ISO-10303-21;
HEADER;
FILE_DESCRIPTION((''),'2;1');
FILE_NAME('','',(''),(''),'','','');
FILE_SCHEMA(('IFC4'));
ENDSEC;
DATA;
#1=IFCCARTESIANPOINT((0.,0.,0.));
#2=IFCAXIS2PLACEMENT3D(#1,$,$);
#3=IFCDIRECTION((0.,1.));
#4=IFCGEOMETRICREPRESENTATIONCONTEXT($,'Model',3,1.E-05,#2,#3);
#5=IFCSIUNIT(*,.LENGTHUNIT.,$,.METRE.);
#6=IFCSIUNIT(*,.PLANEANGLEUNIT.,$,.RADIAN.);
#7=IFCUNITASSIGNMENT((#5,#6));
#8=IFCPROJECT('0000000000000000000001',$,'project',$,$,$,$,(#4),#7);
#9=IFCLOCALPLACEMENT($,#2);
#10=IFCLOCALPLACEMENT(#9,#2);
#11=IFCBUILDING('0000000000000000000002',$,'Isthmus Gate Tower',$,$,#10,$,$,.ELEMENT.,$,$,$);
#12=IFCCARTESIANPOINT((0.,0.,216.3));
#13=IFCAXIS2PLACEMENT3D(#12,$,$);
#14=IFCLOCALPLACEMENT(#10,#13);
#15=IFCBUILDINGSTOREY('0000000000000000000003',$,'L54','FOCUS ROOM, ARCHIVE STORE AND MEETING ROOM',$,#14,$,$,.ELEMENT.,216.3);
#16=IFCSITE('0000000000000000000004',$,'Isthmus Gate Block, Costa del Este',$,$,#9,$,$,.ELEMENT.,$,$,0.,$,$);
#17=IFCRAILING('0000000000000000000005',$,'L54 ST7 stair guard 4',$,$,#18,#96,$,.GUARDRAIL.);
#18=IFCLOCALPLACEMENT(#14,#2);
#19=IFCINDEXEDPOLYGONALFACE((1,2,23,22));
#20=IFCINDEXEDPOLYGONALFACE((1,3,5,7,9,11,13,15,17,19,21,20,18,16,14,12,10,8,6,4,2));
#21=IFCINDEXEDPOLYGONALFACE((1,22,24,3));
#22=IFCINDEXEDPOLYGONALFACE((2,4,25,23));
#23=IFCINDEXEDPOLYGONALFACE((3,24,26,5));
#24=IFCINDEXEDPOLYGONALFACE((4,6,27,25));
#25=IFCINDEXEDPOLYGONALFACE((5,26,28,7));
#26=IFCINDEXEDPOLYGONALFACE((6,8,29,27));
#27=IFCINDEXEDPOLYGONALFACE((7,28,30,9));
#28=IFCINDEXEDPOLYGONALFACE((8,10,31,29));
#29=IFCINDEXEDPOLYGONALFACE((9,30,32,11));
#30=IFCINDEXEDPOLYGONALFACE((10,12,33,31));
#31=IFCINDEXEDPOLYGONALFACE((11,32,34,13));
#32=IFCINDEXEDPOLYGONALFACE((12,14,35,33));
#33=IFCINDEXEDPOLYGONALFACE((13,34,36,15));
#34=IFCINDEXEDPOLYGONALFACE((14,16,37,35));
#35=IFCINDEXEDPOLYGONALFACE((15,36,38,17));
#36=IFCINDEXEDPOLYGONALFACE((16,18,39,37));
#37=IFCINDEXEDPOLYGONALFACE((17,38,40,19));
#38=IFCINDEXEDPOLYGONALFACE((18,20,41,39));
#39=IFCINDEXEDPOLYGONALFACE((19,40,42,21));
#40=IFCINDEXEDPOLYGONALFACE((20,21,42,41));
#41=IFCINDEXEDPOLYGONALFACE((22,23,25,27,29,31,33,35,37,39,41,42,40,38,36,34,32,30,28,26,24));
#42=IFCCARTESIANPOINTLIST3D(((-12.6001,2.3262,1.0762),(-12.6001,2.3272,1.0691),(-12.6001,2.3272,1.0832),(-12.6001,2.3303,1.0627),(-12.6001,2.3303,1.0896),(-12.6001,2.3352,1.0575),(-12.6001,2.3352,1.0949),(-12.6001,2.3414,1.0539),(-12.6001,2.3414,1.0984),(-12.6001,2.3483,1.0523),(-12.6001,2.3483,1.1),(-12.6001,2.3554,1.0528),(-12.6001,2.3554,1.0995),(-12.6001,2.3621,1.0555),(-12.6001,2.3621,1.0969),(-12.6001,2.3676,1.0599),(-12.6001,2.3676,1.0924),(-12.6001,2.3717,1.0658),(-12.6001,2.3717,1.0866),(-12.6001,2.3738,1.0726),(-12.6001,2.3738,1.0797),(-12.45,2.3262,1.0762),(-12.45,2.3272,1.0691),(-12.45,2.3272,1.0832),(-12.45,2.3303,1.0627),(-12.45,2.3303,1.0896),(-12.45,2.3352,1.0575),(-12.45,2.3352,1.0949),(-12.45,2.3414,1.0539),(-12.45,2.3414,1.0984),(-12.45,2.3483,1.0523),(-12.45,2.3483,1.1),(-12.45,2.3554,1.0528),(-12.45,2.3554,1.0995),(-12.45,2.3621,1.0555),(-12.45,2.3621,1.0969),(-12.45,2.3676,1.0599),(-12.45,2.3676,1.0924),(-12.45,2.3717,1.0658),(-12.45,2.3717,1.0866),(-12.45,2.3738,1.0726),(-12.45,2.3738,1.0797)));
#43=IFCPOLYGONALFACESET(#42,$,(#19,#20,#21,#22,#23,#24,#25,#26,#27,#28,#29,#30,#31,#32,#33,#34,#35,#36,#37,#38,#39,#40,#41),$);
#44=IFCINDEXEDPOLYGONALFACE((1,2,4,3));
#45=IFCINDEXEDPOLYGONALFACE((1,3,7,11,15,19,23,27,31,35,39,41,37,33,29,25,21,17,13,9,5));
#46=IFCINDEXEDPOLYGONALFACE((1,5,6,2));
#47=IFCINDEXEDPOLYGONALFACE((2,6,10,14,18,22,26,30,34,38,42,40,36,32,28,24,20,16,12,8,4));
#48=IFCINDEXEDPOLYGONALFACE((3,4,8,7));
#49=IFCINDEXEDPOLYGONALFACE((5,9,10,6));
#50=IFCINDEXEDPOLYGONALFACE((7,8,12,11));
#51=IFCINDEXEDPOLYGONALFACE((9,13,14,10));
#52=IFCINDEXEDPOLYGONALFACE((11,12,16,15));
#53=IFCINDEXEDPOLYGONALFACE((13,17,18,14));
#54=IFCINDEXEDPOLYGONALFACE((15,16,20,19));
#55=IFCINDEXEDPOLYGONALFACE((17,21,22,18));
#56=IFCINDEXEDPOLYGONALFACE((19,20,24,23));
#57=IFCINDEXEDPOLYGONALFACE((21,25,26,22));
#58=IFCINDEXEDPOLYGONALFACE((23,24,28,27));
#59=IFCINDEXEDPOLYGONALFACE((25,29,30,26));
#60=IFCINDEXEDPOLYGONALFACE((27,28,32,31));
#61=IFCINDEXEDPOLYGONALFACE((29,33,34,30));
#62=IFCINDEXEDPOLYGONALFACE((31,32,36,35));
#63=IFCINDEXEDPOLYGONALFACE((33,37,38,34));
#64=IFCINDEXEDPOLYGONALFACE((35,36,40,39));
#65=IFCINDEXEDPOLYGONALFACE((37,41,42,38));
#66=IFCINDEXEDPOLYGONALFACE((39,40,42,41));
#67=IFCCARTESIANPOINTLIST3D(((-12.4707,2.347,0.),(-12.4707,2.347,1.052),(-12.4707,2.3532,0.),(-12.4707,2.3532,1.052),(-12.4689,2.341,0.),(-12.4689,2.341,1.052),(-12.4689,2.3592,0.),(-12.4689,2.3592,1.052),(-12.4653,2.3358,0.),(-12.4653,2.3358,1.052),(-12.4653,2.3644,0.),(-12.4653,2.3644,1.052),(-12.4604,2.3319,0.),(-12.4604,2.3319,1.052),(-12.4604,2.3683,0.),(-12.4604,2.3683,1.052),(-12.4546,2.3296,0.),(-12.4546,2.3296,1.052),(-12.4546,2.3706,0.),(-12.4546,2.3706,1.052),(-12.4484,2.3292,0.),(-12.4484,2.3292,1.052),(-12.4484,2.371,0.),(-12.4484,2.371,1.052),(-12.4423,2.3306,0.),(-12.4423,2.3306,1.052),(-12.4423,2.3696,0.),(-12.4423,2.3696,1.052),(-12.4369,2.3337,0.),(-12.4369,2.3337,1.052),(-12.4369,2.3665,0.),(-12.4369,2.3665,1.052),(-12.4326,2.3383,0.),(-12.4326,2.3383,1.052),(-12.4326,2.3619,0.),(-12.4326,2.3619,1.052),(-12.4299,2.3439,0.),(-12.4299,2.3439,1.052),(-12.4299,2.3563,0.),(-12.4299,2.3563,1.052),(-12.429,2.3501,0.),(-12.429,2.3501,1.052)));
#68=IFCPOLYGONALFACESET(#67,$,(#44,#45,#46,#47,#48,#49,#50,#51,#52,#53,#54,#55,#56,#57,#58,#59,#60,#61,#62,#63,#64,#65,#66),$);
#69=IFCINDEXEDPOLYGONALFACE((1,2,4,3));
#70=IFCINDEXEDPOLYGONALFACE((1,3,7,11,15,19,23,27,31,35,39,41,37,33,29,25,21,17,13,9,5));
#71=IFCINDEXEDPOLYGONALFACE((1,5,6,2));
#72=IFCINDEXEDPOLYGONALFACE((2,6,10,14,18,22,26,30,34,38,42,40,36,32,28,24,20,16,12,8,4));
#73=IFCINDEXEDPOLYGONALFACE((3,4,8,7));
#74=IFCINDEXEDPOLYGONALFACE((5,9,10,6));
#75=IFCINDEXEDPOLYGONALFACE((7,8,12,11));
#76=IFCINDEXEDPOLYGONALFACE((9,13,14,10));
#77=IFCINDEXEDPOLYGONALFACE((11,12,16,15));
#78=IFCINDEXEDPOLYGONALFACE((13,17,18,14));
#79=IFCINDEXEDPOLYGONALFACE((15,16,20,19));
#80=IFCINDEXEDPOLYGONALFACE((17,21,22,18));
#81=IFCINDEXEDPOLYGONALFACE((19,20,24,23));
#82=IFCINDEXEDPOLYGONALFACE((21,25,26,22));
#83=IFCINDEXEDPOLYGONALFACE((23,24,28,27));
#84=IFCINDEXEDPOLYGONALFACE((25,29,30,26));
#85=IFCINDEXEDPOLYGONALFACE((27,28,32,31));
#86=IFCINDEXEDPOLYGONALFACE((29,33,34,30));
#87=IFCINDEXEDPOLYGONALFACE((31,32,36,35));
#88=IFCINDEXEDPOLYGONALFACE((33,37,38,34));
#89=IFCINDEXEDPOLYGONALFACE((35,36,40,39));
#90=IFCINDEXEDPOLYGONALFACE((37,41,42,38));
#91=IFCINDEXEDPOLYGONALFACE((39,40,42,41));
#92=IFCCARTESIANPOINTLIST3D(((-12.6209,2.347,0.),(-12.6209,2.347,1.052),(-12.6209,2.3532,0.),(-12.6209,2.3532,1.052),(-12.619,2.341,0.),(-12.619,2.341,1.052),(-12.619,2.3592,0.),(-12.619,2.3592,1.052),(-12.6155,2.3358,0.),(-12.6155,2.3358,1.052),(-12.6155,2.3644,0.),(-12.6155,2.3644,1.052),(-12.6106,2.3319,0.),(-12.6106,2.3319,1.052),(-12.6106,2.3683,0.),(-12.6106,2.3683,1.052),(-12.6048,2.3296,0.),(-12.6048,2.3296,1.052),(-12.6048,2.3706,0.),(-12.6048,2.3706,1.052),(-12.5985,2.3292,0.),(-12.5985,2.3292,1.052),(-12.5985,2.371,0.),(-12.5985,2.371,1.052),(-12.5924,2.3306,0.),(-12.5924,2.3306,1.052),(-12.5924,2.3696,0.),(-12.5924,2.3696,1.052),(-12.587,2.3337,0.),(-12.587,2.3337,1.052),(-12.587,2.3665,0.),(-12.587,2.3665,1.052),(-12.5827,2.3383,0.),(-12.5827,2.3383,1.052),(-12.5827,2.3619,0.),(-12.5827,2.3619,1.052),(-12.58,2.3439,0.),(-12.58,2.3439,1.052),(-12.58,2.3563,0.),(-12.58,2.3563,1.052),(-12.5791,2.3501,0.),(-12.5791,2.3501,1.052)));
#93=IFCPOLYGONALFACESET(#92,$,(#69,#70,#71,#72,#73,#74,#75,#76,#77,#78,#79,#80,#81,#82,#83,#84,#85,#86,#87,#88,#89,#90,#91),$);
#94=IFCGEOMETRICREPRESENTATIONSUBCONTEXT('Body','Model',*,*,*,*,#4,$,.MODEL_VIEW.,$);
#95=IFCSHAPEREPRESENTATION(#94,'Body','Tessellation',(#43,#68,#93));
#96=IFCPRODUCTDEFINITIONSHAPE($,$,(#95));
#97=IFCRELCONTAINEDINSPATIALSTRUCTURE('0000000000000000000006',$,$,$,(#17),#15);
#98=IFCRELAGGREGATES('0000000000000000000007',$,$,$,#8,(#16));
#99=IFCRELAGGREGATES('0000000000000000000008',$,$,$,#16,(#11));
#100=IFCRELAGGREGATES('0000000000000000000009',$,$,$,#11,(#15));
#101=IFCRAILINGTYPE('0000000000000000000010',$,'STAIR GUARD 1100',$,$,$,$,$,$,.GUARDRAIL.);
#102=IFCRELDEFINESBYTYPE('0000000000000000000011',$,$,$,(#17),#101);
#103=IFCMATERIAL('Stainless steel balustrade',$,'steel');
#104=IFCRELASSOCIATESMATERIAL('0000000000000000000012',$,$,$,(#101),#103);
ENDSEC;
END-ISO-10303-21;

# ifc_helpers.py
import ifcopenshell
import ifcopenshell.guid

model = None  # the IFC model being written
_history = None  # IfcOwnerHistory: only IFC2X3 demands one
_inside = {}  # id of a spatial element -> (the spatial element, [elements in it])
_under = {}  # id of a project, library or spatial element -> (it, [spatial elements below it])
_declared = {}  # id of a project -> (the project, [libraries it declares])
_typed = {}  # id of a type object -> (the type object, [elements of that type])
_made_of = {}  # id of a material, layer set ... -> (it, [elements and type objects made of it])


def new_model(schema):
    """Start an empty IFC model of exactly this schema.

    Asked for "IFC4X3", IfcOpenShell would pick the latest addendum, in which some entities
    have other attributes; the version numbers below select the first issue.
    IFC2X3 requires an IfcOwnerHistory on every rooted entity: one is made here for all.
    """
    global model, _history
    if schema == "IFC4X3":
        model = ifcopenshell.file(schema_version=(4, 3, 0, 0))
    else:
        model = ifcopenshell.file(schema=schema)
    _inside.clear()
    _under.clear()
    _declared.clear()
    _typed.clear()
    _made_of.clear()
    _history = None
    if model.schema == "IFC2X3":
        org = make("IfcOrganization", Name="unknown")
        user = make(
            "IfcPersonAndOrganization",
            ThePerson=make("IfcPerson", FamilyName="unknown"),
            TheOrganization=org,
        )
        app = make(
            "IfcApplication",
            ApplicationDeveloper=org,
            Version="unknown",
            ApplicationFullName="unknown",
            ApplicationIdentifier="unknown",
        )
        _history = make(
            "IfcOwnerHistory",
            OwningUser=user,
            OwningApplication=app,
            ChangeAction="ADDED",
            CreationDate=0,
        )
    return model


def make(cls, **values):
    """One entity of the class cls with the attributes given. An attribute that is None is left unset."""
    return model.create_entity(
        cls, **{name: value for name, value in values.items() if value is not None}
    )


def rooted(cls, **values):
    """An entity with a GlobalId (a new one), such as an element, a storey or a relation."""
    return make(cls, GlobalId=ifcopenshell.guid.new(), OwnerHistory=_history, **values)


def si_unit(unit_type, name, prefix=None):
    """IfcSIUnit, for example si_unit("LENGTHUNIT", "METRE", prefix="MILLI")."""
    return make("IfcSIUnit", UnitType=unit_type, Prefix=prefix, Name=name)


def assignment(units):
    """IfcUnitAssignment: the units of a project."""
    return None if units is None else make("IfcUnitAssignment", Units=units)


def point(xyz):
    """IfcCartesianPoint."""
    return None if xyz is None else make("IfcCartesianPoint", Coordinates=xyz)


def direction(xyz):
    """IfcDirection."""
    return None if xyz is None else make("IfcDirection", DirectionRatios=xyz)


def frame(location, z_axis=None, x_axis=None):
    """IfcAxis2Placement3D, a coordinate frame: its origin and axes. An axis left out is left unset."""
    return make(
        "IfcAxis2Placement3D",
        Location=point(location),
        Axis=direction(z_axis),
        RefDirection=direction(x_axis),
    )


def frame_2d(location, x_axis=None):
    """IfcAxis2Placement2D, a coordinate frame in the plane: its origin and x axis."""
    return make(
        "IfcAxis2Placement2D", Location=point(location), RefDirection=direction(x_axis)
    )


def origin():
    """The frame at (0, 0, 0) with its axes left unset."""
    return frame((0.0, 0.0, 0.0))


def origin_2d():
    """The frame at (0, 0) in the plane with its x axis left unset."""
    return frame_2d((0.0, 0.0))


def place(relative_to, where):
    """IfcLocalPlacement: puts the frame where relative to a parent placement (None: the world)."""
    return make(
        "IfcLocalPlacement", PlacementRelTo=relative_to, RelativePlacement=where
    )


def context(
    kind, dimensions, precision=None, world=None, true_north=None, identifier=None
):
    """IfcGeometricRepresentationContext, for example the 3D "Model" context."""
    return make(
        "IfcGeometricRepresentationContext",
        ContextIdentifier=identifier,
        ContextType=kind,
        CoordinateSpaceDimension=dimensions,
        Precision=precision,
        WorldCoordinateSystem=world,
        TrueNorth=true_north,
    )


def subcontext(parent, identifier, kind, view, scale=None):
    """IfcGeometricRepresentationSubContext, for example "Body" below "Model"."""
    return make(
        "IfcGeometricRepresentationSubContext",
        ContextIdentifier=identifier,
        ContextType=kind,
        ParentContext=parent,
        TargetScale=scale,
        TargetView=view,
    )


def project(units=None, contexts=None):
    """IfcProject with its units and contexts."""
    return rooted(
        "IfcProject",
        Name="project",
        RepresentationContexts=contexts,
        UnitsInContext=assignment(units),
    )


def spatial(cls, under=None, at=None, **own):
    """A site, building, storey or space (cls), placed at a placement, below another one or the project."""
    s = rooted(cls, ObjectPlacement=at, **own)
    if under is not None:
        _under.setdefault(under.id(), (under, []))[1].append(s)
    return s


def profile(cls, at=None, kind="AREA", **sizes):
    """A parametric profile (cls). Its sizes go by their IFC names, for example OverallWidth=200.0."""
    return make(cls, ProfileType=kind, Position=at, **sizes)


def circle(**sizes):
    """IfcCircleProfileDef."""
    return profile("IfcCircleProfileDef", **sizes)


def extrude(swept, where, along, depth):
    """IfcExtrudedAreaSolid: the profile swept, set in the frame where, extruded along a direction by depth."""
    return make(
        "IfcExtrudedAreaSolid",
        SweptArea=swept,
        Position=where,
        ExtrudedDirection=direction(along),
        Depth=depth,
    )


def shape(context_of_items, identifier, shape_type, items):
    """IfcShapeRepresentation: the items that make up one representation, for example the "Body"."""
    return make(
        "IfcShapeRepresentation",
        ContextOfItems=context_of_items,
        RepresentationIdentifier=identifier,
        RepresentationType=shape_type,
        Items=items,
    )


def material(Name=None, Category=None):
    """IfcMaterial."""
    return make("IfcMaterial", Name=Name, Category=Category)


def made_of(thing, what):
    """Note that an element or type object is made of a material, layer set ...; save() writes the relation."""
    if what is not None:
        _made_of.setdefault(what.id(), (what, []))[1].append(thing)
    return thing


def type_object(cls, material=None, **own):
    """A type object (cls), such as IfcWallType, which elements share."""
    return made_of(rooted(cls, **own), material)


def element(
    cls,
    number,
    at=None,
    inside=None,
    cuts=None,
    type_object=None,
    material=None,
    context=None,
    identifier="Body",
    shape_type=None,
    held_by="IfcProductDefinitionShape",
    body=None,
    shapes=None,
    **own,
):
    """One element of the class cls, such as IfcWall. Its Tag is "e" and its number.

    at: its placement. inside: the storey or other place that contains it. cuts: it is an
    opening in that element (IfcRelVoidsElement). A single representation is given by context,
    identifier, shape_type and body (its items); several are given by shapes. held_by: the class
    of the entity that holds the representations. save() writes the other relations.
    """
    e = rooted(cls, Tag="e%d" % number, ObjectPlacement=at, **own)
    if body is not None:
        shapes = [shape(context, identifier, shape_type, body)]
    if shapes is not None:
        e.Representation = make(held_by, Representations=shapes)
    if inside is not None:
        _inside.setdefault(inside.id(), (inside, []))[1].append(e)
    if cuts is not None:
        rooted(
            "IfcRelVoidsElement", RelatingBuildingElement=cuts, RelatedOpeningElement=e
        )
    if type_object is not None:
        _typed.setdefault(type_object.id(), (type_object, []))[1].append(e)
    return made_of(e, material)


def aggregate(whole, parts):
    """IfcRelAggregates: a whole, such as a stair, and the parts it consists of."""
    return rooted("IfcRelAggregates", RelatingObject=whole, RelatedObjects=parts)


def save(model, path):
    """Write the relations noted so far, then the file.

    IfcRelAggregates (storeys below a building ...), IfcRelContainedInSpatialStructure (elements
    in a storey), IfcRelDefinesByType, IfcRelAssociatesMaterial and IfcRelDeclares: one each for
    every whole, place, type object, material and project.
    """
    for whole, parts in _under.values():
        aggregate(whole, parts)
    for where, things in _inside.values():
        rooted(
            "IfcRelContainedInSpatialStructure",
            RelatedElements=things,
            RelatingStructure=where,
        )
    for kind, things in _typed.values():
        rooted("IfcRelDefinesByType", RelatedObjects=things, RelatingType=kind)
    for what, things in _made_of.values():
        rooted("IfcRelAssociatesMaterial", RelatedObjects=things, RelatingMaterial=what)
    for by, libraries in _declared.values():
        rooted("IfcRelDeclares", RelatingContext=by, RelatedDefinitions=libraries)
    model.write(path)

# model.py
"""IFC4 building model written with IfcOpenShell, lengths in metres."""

from ifc_helpers import new_model, si_unit, direction, frame, origin, origin_2d, place, context, subcontext, project, spatial, circle, extrude, material, type_object, element, save


model = new_model("IFC4")

# Units and contexts
model_context = context("Model", 3, precision=1e-05, world=origin(), true_north=direction((0.0, 1.0)))
body_context = subcontext(model_context, "Body", "Model", "MODEL_VIEW")
ifc_project = project(units=[si_unit("LENGTHUNIT", "METRE"), si_unit("PLANEANGLEUNIT", "RADIAN")], contexts=[model_context])

# Site, building, storey
site_placement = place(None, origin())
site = spatial("IfcSite", under=ifc_project, at=site_placement, Name="Isthmus Gate Block, Costa del Este", CompositionType="ELEMENT", RefElevation=0.0)
building_placement = place(site_placement, origin())
building = spatial("IfcBuilding", under=site, at=building_placement, Name="Isthmus Gate Tower", CompositionType="ELEMENT")
storey_placement = place(building_placement, frame((0.0, 0.0, 216.3)))
storey = spatial("IfcBuildingStorey", under=building, at=storey_placement, Name="L54", Description="FOCUS ROOM, ARCHIVE STORE AND MEETING ROOM", CompositionType="ELEMENT", Elevation=216.3)

# Railing
ifc_material_1 = material(Name="Stainless steel balustrade", Category="steel")
railing_type_1 = type_object("IfcRailingType", Name="STAIR GUARD 1100", PredefinedType="GUARDRAIL", material=ifc_material_1)
railing_1_placement = place(storey_placement, frame((-12.45, 2.3501, 0.0)))
element("IfcRailing", 1, at=railing_1_placement, inside=storey, type_object=railing_type_1, Name="L54 ST7 stair guard 4", PredefinedType="GUARDRAIL", context=body_context, shape_type="SweptSolid", body=[
    extrude(circle(Radius=0.0239, at=origin_2d()), frame((0.0, 0.0, 1.0762), z_axis=(-1.0, 0.0, 0.0), x_axis=(0.0, -1.0, 0.0)), (0.0, 0.0, 1.0), 0.1501),
    extrude(circle(Radius=0.021, at=origin_2d()), origin(), (0.0, 0.0, 1.0), 1.052),
    extrude(circle(Radius=0.021, at=origin_2d()), frame((-0.1501, 0.0, 0.0)), (0.0, 0.0, 1.0), 1.052),
])

save(model, "model.ifc")
